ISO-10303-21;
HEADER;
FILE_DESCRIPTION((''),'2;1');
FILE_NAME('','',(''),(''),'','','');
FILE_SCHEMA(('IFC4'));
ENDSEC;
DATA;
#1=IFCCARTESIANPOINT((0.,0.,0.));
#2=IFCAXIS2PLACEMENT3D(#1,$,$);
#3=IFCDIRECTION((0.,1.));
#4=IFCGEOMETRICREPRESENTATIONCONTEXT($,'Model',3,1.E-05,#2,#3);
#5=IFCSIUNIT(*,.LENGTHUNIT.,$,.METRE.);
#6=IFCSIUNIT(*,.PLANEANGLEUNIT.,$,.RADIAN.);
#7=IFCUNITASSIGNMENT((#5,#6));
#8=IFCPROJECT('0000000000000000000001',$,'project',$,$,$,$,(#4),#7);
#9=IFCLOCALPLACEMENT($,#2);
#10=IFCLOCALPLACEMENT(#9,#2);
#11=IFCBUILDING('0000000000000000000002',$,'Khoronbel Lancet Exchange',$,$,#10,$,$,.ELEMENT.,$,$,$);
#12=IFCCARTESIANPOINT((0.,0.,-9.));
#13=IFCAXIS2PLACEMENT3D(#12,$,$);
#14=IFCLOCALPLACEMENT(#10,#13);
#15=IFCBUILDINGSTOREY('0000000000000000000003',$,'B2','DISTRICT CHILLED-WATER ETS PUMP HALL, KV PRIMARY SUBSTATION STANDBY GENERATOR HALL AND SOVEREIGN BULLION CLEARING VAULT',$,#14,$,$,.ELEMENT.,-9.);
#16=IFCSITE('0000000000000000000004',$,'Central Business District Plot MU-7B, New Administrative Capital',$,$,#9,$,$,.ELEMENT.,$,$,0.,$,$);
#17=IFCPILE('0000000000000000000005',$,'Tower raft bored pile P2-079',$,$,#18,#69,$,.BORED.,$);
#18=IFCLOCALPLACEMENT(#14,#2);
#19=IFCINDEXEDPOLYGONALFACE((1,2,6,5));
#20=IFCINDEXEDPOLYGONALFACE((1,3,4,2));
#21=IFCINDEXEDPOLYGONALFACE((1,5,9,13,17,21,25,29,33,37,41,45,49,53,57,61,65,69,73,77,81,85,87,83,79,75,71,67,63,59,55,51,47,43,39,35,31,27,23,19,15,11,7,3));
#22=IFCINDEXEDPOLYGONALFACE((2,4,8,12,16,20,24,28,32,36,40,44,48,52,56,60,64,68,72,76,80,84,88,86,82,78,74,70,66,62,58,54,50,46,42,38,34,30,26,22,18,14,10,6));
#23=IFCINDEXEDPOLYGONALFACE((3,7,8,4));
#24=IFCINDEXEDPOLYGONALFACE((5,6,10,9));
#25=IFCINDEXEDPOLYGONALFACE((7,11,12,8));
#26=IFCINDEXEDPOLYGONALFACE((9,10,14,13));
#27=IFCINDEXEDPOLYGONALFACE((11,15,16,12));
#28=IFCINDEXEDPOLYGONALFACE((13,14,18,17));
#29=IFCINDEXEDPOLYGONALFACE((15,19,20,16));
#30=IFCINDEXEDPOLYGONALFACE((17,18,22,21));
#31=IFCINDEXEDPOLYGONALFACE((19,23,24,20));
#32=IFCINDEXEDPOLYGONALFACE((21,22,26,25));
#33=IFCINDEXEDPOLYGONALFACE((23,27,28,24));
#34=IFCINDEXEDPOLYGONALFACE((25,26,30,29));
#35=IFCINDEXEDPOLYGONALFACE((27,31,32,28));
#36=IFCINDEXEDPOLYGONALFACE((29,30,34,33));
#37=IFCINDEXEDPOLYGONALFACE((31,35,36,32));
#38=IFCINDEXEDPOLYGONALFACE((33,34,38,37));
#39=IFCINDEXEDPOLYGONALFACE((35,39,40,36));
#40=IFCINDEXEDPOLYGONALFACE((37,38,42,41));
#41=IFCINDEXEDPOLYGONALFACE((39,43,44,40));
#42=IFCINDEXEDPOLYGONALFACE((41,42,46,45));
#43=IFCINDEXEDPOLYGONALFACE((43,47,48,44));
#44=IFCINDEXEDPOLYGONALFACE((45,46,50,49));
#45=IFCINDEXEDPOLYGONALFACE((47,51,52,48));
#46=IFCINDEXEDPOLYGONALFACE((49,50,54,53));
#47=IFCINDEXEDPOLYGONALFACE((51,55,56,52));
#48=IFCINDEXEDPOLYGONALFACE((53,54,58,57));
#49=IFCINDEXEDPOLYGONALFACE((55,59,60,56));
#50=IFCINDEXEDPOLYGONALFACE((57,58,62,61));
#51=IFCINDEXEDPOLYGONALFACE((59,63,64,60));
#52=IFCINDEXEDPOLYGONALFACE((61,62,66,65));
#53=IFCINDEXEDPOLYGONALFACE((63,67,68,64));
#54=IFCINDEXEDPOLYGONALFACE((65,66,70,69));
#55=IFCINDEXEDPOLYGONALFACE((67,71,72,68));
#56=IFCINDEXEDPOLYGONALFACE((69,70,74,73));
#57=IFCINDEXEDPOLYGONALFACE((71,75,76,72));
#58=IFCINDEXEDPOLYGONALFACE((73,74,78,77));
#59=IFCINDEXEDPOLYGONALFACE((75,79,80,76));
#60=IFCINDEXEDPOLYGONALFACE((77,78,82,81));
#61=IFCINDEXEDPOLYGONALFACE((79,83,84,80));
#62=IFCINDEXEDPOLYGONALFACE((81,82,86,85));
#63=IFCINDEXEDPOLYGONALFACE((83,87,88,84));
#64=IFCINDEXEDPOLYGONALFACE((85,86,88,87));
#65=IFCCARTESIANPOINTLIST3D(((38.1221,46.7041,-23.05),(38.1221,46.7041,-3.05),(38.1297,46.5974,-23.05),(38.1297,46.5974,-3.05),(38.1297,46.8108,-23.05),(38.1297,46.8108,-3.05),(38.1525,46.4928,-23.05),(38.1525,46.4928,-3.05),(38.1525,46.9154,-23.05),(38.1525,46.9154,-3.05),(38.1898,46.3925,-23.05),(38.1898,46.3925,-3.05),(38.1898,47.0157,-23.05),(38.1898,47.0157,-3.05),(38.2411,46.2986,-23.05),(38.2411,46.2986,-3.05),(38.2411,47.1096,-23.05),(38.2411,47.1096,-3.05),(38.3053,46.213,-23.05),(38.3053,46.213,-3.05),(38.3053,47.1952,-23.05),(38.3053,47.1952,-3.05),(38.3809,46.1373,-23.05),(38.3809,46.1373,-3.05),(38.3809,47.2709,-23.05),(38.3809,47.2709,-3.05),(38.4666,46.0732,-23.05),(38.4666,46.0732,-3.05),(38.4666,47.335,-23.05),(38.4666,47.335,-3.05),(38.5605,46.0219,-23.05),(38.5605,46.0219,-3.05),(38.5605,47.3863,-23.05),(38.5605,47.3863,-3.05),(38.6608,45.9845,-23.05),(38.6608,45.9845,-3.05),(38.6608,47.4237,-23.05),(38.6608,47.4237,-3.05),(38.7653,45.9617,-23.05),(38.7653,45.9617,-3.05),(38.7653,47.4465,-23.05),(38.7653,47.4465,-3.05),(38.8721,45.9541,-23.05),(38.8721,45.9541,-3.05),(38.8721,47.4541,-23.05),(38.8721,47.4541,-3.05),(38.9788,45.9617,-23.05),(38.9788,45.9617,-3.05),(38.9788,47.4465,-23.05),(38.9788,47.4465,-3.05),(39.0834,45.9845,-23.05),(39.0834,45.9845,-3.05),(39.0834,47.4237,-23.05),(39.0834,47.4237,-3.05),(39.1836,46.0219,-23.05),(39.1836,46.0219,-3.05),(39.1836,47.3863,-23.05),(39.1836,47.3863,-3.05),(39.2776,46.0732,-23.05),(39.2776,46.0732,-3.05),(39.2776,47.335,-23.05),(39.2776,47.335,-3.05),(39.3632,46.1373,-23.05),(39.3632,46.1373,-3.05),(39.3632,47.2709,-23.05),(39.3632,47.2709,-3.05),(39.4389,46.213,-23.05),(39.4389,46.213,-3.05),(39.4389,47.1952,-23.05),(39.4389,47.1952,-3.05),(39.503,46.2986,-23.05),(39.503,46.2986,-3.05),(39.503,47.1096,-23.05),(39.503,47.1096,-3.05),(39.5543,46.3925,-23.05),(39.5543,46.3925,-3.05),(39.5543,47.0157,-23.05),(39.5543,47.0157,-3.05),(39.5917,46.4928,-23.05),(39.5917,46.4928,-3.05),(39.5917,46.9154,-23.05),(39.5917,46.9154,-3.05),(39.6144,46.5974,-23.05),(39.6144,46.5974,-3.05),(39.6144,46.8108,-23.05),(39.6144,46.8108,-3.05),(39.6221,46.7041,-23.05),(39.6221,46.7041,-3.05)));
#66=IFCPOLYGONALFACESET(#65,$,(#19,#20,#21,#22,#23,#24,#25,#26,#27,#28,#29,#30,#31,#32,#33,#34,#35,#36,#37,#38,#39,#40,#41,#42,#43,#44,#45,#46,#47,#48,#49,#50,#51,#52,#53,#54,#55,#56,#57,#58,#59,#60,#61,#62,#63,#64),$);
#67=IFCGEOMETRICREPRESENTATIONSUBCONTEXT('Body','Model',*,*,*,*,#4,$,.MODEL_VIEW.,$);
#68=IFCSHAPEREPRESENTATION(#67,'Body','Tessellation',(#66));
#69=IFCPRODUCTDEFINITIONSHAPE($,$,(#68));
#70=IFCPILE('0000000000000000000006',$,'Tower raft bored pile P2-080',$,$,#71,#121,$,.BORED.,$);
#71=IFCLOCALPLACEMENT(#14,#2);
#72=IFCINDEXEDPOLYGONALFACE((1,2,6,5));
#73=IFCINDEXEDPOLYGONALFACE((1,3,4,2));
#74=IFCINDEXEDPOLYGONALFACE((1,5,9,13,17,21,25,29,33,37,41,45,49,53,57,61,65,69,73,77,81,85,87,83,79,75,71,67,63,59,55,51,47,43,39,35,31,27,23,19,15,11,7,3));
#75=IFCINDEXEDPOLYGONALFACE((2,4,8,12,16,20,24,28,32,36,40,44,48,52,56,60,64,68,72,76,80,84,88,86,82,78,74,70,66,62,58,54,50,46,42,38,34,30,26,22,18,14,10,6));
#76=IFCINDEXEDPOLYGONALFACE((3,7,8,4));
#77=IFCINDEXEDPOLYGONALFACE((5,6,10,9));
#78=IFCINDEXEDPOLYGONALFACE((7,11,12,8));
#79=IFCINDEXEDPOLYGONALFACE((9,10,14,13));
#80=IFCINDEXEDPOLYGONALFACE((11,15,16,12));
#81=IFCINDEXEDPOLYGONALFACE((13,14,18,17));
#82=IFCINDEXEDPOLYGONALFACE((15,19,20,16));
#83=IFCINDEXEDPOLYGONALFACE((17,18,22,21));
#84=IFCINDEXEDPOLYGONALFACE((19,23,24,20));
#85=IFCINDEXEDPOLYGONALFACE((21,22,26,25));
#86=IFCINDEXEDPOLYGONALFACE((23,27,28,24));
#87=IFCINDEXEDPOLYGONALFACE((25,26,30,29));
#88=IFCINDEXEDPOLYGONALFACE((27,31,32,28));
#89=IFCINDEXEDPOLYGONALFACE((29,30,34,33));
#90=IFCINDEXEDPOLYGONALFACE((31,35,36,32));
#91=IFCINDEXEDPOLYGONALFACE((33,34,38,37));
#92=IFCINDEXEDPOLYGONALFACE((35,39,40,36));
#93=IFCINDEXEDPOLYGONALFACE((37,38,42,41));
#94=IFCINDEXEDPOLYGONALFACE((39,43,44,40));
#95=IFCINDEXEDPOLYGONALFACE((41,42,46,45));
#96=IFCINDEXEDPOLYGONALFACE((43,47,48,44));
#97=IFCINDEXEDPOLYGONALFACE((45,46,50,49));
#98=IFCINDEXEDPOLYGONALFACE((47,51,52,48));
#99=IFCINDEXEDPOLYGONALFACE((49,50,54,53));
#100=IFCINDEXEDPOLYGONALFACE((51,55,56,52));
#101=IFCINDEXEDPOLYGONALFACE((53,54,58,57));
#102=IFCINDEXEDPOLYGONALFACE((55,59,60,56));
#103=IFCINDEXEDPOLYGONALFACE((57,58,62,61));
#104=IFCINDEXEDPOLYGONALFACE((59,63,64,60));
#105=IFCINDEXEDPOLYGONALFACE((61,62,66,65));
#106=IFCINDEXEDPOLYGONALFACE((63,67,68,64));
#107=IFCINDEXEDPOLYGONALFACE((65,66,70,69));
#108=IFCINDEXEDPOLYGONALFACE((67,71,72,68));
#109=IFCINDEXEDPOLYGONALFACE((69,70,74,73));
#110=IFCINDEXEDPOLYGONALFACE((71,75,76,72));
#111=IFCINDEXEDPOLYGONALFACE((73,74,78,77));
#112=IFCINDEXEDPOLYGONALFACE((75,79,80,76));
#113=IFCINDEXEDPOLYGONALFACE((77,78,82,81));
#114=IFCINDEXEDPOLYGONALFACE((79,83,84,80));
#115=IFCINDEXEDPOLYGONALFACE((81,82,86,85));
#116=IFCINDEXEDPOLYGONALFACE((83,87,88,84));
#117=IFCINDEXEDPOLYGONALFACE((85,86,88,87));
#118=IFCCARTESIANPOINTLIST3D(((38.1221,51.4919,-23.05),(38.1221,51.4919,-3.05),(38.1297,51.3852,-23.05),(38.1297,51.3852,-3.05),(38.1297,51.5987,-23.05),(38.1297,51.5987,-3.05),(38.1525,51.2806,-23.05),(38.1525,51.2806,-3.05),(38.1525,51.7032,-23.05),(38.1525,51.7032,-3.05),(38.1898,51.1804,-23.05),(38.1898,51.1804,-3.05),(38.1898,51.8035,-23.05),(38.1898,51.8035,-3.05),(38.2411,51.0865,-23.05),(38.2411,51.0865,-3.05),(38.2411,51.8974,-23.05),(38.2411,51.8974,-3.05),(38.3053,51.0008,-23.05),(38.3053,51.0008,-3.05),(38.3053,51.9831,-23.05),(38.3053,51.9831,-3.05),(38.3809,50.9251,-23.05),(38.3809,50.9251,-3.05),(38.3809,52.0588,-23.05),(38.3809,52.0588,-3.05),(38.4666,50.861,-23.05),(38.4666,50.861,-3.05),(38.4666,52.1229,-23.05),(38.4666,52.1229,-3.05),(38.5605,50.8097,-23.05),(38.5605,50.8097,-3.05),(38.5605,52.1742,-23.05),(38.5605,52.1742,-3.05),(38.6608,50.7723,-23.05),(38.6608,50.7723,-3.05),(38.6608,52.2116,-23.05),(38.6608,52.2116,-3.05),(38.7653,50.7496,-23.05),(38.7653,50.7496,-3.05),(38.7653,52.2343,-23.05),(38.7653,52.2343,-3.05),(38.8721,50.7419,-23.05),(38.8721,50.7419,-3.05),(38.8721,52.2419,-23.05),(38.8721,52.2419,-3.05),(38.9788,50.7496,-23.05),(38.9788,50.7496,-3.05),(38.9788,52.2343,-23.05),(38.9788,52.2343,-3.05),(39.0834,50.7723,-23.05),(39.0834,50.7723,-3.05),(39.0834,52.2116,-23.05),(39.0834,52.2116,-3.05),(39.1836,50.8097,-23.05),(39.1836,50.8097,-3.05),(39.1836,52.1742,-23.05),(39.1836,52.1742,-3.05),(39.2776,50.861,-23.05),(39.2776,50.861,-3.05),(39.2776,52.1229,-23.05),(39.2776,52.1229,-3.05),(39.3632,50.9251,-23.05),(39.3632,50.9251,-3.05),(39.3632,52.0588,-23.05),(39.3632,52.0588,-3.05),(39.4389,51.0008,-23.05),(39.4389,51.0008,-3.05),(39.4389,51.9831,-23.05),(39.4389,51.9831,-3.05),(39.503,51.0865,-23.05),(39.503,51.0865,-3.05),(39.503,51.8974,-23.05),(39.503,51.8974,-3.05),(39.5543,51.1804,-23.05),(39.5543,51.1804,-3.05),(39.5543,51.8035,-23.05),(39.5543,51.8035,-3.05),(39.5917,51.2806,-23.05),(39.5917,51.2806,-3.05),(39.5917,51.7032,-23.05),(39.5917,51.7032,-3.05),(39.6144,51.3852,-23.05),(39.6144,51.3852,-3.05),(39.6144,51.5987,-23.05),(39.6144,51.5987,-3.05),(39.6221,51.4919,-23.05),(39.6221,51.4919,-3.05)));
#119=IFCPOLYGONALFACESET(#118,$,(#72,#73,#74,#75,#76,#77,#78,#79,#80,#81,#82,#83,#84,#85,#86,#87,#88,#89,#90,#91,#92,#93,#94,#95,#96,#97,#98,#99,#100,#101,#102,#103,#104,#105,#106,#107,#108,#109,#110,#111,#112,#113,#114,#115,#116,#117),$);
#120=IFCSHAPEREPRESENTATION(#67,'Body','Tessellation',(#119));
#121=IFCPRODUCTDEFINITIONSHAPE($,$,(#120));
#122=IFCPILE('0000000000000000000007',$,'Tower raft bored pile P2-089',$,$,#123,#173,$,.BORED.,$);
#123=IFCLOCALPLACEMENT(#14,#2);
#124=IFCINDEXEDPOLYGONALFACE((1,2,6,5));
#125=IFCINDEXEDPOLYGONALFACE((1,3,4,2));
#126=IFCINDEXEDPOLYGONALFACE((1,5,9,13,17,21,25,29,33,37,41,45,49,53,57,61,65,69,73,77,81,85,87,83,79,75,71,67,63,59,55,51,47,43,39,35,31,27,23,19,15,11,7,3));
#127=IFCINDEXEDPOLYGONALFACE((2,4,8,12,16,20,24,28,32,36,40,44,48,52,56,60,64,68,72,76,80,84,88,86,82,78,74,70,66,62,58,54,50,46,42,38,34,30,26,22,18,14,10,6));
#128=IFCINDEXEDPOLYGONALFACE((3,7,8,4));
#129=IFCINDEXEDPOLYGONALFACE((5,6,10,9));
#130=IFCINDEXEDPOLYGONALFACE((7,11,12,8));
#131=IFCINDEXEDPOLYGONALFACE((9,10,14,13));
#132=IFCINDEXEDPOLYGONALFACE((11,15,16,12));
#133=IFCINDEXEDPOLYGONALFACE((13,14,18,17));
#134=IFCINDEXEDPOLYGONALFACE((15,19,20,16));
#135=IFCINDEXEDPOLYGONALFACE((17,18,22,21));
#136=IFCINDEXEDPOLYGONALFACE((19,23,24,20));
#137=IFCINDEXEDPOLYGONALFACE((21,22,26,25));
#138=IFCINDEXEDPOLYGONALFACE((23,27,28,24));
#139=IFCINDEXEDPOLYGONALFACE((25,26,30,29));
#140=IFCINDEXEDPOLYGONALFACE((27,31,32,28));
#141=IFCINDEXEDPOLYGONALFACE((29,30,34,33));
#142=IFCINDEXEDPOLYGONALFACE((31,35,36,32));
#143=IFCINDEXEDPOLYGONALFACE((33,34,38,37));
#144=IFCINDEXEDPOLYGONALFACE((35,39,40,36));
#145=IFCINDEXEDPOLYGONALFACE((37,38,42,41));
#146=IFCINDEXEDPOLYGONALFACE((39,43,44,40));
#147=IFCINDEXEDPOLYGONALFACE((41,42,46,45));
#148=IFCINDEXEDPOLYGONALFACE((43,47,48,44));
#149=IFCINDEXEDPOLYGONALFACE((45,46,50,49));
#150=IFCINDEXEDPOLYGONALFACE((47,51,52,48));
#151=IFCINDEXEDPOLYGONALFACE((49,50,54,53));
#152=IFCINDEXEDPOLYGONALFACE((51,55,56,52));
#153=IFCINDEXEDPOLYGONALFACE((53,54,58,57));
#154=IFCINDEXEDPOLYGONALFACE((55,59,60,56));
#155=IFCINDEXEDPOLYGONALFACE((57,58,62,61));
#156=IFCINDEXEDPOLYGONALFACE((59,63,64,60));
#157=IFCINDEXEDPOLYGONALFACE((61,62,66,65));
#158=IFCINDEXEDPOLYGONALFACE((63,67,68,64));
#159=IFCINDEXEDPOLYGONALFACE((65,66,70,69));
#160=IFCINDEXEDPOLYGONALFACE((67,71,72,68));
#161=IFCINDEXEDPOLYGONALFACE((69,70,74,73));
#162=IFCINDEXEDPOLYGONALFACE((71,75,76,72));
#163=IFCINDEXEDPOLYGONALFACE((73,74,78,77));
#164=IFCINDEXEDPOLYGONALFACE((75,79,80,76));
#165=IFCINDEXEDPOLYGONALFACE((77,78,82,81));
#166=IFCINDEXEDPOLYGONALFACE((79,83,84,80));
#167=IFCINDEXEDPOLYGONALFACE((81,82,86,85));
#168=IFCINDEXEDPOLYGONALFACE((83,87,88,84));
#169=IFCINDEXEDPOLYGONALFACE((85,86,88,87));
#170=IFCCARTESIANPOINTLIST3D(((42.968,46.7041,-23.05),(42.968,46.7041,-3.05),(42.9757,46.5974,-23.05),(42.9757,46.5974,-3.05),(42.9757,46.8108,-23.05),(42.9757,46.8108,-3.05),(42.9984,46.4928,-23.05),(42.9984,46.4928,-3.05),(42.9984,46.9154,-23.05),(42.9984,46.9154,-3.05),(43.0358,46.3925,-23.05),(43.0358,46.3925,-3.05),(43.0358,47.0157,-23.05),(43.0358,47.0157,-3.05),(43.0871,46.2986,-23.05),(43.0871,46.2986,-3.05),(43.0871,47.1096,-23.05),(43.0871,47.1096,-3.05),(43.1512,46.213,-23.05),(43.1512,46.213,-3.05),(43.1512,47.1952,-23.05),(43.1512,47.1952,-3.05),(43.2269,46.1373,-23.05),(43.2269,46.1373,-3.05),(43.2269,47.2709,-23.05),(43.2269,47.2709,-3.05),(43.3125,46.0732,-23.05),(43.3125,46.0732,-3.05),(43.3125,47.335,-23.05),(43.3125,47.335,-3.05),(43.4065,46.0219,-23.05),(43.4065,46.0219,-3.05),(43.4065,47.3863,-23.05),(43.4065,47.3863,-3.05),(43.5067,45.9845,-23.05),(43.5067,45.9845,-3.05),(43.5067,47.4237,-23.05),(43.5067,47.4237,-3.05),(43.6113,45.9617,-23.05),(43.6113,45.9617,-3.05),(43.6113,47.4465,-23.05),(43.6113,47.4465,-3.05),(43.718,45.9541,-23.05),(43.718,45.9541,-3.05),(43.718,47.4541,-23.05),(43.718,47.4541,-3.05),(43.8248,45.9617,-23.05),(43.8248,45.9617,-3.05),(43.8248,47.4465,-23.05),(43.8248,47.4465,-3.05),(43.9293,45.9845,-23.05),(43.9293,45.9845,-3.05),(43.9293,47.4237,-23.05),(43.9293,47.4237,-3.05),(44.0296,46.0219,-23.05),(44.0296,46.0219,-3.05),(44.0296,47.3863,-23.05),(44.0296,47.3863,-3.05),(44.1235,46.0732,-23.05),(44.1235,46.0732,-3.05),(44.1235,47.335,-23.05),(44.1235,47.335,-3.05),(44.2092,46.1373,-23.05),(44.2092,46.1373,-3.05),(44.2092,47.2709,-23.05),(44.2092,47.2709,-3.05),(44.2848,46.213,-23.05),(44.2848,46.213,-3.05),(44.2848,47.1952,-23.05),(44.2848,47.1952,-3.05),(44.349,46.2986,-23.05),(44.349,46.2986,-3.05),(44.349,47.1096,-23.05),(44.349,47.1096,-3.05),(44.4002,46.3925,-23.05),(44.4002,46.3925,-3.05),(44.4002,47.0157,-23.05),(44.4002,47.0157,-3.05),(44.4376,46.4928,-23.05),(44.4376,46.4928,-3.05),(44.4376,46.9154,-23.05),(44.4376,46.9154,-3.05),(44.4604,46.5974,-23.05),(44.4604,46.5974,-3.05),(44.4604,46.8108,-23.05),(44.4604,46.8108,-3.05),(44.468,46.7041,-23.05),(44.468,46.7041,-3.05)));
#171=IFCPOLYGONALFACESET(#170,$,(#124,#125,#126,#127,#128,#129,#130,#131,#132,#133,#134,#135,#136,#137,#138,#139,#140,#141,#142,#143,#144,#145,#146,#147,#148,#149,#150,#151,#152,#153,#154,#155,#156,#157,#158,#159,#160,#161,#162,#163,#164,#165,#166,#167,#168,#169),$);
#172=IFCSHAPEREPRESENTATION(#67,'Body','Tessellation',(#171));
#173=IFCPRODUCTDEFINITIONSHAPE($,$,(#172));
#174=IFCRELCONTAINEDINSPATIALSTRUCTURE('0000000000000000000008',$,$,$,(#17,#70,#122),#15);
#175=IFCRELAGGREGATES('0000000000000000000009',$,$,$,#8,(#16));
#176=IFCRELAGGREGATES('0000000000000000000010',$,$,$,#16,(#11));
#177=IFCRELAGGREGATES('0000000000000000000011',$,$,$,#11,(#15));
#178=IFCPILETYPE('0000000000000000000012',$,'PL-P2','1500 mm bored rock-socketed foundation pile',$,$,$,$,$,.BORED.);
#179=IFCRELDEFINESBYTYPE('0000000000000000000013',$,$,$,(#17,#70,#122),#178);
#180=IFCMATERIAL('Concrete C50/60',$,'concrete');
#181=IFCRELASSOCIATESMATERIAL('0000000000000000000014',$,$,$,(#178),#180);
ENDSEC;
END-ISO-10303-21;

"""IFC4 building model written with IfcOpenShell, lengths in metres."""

from ifc_helpers import new_model, si_unit, direction, frame, origin, origin_2d, place, context, subcontext, project, spatial, circle, extrude, material, material_profile, profile_set, type_object, element, save


model = new_model("IFC4")

# Units and contexts
model_context = context("Model", 3, precision=1e-05, world=origin(), true_north=direction((0.0, 1.0)))
body_context = subcontext(model_context, "Body", "Model", "MODEL_VIEW")
ifc_project = project(units=[si_unit("LENGTHUNIT", "METRE"), si_unit("PLANEANGLEUNIT", "RADIAN")], contexts=[model_context])

# Site, building, storey
site_placement = place(None, origin())
site = spatial("IfcSite", under=ifc_project, at=site_placement, Name="Central Business District Plot MU-7B, New Administrative Capital", CompositionType="ELEMENT", RefElevation=0.0)
building_placement = place(site_placement, origin())
building = spatial("IfcBuilding", under=site, at=building_placement, Name="Khoronbel Lancet Exchange", CompositionType="ELEMENT")
storey_placement = place(building_placement, frame((0.0, 0.0, -9.0)))
storey = spatial("IfcBuildingStorey", under=building, at=storey_placement, Name="B2", Description="DISTRICT CHILLED-WATER ETS PUMP HALL, KV PRIMARY SUBSTATION STANDBY GENERATOR HALL AND SOVEREIGN BULLION CLEARING VAULT", CompositionType="ELEMENT", Elevation=-9.0)

# Piles
ifc_material_1 = material(Name="Concrete C50/60", Category="concrete")
ifc_material_profile_1 = material_profile(ifc_material_1, circle(Radius=0.75, at=origin_2d()), Name="BORED PILE D1500")
ifc_profile_set_1 = profile_set([ifc_material_profile_1], Name="Concrete C50/60")
pile_type = type_object("IfcPileType", Name="PL-P2", Description="1500 mm bored rock-socketed foundation pile", PredefinedType="BORED", material=ifc_profile_set_1)
for number, where, z_axis, x_axis, name in (
    (1, (38.8721, 46.7041, -3.05), (0.0, 0.0, -1.0), (1.0, 0.0, 0.0), "Tower raft bored pile P2-079"),
    (2, (38.8721, 51.4919, -3.05), (0.0, 0.0, -1.0), (1.0, 0.0, 0.0), "Tower raft bored pile P2-080"),
    (3, (43.718, 46.7041, -3.05), (0.0, 0.0, -1.0), (1.0, 0.0, 0.0), "Tower raft bored pile P2-089"),
):
    element("IfcPile", number, at=place(storey_placement, frame(where, z_axis=z_axis, x_axis=x_axis)), inside=storey, type_object=pile_type, Name=name, PredefinedType="BORED", context=body_context, shape_type="SweptSolid", body=[
        extrude(circle(Radius=0.75, at=origin_2d()), origin(), (0.0, 0.0, 1.0), 20.0),
    ])

save(model, "model.ifc")
